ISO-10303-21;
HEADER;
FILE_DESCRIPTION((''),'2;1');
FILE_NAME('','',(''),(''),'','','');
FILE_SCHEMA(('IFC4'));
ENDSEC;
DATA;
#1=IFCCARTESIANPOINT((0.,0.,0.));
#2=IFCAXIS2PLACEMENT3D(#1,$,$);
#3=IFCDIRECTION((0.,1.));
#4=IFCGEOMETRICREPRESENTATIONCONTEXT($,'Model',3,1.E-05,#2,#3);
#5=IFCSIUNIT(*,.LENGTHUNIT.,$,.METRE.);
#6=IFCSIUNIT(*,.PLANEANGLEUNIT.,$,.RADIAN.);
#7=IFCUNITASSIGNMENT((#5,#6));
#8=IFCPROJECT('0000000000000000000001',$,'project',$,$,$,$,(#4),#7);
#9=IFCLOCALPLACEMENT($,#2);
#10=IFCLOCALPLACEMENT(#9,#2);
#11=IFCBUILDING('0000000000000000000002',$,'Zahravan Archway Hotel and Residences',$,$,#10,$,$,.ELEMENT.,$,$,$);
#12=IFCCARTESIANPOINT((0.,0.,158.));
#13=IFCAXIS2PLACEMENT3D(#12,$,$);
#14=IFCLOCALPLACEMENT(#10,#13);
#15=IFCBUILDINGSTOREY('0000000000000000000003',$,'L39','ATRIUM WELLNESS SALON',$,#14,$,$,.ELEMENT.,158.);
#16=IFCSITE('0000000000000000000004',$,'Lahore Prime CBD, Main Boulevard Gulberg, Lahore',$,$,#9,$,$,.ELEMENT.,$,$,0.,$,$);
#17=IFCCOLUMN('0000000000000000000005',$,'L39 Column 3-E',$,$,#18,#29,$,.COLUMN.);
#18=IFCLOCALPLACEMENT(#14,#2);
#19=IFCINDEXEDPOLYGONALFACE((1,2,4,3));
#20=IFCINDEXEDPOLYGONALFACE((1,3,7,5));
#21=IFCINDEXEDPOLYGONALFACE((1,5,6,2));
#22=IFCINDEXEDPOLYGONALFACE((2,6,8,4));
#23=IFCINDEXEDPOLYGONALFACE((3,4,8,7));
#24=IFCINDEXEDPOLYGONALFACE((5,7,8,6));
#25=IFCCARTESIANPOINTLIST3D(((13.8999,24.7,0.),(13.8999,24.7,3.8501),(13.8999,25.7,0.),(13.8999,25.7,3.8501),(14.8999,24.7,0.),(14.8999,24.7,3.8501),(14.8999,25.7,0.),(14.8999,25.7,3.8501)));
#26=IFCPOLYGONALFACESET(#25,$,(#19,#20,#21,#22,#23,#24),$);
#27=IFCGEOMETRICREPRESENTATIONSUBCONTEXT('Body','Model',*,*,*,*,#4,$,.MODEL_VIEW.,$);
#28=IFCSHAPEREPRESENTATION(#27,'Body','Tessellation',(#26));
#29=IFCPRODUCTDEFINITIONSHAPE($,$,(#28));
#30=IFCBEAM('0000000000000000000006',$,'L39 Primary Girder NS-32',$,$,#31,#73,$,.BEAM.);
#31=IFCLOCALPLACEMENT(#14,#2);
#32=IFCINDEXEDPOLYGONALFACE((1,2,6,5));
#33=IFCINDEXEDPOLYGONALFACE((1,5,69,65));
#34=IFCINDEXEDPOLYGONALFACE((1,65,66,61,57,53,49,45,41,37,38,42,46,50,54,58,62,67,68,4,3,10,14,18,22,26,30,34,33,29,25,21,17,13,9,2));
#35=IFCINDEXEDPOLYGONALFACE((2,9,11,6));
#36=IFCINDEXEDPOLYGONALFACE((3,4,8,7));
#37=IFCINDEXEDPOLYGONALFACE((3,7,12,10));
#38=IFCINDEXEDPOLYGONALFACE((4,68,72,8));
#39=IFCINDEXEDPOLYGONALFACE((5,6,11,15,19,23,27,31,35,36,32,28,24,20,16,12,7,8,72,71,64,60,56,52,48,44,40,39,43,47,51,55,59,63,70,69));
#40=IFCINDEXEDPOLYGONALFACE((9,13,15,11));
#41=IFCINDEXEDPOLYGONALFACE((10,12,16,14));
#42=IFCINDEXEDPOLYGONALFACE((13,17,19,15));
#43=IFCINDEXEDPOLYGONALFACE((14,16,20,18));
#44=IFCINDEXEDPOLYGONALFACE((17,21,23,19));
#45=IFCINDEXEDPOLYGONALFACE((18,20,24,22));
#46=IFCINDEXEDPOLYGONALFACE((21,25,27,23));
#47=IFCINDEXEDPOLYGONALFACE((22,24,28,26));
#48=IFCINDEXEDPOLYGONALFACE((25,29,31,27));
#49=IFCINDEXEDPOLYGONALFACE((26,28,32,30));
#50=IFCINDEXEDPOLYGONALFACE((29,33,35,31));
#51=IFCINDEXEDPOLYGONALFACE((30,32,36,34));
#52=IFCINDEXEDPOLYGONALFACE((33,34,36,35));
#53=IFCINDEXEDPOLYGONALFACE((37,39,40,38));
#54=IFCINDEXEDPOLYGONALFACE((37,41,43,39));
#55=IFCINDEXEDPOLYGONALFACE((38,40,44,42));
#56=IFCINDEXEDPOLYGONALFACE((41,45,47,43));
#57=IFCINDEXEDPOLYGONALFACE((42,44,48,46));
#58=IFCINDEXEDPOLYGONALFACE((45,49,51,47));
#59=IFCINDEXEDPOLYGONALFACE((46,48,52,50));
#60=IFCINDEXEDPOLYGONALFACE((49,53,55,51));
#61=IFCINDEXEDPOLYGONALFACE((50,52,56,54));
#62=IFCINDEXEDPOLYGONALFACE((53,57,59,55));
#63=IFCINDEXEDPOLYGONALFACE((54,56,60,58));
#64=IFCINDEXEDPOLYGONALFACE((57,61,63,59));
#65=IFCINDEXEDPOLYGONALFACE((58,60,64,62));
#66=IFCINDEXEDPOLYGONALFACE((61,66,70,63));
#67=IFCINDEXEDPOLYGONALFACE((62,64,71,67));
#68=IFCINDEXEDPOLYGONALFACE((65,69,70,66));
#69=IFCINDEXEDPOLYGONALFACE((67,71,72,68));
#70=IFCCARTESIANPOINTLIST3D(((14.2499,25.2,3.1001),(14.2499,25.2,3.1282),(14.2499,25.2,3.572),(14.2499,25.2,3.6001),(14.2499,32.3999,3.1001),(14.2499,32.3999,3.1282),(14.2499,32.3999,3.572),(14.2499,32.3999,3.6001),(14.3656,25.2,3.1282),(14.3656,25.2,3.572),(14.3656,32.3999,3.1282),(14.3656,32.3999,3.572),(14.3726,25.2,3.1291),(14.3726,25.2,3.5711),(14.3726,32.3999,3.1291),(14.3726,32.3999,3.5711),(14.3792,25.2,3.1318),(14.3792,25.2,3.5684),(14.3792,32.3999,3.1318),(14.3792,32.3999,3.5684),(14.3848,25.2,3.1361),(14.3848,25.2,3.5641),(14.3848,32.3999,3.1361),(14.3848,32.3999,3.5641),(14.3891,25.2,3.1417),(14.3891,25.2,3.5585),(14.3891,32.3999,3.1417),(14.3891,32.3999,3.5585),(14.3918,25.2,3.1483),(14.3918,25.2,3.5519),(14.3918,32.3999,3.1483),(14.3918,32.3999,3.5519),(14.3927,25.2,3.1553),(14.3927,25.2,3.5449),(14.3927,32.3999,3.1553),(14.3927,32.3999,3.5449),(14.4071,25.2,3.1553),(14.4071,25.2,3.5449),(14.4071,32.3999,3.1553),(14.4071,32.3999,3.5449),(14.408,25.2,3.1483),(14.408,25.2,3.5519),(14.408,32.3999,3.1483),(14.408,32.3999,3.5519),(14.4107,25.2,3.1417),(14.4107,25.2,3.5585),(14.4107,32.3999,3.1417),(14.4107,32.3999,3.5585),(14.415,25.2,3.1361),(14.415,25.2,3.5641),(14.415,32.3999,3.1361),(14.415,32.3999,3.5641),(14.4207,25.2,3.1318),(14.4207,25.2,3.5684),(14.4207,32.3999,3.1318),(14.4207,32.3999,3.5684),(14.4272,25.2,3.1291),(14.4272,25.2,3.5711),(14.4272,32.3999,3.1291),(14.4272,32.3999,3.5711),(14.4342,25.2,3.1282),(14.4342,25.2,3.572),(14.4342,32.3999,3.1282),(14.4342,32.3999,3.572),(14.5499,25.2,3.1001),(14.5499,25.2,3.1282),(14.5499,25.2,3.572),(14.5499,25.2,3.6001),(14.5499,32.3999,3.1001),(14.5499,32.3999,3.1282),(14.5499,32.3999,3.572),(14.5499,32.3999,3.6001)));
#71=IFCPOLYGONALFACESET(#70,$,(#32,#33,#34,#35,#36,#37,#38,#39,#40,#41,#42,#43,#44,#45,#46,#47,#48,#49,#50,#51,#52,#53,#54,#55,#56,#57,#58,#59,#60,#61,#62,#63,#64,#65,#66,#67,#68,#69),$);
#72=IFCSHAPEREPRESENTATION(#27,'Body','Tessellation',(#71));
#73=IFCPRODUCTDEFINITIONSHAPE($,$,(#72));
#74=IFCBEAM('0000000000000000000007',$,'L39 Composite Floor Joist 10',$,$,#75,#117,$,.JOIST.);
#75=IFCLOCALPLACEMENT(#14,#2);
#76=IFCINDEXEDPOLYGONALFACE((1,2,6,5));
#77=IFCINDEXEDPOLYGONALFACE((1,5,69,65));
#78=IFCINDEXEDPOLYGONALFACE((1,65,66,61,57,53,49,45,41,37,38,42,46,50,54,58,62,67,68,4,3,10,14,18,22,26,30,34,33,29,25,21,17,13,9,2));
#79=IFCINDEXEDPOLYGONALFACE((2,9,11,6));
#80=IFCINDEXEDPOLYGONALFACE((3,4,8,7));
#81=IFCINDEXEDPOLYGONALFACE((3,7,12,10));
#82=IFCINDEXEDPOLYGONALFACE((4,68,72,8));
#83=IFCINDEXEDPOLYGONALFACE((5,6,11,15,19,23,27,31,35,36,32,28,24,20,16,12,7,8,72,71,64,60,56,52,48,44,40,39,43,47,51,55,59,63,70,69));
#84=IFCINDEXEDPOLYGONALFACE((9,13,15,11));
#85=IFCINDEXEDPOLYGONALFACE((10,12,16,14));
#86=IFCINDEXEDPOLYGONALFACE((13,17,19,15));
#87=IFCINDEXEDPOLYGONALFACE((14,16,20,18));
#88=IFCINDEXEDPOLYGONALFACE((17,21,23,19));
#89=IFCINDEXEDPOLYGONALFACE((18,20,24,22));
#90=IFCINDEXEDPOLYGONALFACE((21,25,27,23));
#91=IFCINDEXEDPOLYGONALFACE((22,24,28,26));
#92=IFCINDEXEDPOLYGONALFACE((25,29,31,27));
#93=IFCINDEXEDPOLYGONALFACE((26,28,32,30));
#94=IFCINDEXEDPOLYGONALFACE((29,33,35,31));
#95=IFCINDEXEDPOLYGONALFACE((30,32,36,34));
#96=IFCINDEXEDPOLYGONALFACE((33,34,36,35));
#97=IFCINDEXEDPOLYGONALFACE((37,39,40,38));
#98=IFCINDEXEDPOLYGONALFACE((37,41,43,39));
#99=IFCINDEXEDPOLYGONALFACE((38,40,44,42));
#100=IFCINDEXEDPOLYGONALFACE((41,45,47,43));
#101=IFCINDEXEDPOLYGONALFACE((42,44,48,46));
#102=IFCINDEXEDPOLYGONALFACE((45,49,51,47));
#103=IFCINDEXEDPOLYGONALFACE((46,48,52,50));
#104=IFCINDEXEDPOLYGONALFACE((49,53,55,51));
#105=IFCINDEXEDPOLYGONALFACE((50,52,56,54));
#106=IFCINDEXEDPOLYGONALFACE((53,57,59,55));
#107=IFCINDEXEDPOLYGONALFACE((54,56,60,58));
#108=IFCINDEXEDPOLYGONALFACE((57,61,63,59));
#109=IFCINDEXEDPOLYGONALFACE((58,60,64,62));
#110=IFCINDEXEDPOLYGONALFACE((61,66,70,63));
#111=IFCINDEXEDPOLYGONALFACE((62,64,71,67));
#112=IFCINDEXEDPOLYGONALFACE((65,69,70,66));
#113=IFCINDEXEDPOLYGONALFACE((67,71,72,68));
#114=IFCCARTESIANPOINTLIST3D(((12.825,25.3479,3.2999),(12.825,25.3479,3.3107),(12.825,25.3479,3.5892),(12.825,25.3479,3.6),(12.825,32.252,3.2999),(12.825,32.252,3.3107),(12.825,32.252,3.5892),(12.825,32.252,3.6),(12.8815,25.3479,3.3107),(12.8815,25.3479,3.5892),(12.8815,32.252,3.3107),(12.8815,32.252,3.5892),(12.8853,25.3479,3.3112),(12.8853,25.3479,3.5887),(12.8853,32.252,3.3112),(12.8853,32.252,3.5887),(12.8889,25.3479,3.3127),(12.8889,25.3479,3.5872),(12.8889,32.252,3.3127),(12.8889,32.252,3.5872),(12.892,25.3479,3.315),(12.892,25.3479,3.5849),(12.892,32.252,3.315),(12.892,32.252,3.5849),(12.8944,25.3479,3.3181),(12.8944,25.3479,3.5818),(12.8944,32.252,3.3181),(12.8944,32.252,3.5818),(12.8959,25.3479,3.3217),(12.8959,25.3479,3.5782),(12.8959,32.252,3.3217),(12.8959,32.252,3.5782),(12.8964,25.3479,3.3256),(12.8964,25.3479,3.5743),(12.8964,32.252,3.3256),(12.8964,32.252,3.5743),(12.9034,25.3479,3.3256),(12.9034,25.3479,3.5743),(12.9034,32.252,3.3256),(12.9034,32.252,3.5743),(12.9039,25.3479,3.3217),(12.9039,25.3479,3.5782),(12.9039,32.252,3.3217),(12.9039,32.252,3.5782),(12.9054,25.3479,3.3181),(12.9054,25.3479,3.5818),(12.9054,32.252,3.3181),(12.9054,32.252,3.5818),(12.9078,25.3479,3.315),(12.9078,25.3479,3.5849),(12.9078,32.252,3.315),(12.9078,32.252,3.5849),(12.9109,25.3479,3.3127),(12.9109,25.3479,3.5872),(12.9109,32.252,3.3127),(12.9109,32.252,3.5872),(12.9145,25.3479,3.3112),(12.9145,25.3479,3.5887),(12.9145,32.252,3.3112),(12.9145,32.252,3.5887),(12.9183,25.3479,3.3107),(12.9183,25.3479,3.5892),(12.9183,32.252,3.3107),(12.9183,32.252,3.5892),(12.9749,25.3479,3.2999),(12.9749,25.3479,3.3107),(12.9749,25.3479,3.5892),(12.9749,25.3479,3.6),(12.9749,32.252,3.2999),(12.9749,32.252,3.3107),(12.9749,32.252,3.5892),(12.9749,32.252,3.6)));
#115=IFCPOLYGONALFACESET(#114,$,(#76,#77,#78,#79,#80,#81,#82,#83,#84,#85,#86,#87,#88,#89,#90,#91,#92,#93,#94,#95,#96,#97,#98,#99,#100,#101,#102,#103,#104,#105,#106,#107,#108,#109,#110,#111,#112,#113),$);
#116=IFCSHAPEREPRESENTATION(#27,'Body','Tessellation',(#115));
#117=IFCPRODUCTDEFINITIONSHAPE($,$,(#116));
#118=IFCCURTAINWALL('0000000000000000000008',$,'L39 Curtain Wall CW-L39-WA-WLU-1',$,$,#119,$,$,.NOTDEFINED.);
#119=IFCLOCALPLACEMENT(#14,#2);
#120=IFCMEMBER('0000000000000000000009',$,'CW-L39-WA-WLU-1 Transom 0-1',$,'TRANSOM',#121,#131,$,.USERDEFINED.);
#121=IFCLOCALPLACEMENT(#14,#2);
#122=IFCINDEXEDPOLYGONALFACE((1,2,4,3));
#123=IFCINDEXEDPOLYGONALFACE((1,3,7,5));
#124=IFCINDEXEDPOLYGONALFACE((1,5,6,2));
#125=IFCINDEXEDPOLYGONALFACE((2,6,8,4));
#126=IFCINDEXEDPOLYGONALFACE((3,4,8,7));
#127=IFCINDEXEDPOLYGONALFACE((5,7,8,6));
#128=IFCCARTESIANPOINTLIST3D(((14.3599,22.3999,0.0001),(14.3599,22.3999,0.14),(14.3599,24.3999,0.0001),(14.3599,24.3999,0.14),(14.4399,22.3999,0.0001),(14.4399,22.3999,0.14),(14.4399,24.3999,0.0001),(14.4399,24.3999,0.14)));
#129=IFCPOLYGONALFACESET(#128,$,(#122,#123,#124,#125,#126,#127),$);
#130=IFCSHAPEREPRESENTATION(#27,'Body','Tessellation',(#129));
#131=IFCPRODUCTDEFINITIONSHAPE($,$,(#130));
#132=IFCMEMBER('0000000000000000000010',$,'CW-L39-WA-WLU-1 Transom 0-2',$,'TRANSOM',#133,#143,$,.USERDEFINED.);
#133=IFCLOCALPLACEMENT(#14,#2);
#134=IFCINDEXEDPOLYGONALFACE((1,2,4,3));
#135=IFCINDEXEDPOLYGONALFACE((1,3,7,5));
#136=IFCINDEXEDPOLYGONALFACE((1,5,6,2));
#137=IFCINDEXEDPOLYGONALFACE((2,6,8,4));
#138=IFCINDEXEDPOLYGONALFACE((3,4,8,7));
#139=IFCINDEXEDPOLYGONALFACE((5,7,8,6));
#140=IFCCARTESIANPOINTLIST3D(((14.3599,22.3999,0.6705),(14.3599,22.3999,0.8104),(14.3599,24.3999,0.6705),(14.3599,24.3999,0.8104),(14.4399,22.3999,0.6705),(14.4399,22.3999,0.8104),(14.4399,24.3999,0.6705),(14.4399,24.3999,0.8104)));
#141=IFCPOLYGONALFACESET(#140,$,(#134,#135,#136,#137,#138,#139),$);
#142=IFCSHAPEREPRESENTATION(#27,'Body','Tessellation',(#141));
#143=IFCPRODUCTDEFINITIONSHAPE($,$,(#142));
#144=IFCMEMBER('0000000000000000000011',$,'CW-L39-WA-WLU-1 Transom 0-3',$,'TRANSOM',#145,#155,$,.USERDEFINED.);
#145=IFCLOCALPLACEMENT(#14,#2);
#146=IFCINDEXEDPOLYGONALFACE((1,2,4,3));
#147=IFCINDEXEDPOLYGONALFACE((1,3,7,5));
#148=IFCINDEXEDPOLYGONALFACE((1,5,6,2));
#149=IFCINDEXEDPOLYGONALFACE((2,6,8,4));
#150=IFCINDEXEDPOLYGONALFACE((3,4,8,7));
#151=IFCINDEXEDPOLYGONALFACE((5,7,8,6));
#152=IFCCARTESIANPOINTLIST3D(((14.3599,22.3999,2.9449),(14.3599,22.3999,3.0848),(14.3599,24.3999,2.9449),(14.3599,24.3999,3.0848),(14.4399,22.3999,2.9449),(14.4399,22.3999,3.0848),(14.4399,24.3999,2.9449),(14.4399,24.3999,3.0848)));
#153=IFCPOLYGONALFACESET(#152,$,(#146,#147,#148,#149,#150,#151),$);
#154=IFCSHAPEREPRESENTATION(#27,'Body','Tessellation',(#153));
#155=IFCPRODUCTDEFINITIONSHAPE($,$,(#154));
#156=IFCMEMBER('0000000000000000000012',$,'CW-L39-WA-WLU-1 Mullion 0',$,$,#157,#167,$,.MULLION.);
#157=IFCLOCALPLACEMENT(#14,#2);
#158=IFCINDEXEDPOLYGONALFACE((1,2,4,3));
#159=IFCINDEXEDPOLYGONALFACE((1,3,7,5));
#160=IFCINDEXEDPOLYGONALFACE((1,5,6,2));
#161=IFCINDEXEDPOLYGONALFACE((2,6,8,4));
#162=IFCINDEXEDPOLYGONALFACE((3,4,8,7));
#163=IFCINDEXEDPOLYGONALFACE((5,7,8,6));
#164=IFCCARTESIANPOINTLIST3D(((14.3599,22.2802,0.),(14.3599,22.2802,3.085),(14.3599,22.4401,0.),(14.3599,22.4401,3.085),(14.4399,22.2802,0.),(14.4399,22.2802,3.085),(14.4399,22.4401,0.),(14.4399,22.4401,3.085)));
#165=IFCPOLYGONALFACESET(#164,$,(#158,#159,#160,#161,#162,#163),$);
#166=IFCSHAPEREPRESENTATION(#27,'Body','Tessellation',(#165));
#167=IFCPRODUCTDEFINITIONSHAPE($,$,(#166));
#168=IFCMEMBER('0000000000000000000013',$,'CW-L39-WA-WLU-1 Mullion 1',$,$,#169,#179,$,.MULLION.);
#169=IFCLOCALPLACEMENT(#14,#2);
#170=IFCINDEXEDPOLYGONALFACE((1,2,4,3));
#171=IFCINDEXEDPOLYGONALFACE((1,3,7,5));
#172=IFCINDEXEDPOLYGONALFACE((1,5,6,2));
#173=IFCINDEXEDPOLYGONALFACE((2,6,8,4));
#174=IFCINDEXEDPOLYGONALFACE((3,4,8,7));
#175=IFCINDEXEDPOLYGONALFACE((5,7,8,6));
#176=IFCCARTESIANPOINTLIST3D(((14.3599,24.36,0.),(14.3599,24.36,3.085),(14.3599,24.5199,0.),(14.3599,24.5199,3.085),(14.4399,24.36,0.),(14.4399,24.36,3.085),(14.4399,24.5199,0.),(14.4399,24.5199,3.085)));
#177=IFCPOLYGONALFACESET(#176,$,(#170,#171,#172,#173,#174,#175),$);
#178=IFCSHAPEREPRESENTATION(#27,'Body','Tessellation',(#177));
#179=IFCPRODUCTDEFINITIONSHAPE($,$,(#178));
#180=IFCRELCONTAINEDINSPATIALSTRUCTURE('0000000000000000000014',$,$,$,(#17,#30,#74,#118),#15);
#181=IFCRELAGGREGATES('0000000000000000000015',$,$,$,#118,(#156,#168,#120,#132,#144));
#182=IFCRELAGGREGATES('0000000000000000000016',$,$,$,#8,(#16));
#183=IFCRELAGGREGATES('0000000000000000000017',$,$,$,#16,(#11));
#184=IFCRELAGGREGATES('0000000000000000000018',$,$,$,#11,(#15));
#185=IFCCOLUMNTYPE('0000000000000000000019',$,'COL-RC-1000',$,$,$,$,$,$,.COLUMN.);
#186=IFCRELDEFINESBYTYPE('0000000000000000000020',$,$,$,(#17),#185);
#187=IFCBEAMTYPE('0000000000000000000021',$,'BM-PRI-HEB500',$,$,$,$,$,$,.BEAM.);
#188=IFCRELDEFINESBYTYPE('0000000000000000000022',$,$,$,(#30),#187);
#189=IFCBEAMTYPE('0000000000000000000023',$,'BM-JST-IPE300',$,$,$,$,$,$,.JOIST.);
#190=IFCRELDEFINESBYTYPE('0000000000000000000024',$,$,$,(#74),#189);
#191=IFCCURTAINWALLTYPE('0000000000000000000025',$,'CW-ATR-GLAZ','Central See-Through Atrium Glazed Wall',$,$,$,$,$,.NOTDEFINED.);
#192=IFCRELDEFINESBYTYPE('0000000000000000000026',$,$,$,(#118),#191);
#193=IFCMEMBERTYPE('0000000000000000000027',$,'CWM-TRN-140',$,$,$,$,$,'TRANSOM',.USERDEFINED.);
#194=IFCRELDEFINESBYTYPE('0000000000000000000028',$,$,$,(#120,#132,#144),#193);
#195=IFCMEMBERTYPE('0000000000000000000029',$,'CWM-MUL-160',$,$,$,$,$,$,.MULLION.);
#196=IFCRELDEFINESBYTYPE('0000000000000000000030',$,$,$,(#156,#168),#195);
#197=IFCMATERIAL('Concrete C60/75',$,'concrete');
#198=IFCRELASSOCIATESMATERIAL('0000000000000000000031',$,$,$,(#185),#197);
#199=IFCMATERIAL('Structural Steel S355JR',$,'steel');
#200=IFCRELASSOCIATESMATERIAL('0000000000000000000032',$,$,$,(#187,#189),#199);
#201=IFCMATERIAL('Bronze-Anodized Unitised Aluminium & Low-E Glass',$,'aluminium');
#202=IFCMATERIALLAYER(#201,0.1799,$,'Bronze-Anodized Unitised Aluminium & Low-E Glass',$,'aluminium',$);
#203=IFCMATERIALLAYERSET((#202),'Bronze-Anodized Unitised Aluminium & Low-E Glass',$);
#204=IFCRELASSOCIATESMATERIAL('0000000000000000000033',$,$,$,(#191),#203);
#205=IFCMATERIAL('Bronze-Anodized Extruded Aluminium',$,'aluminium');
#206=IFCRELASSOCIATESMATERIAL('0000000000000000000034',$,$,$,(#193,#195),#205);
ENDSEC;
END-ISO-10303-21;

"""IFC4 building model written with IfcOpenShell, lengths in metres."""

from ifc_helpers import new_model, si_unit, direction, frame, origin, origin_2d, place, context, subcontext, project, spatial, rectangle, i_section, extrude, source, transform, mapped, material, layer, layer_set, material_profile, profile_set, type_object, type_shapes, element, aggregate, save


model = new_model("IFC4")

# Units and contexts
model_context = context("Model", 3, precision=1e-05, world=origin(), true_north=direction((0.0, 1.0)))
body_context = subcontext(model_context, "Body", "Model", "MODEL_VIEW")
ifc_project = project(units=[si_unit("LENGTHUNIT", "METRE"), si_unit("PLANEANGLEUNIT", "RADIAN")], contexts=[model_context])

# Site, building, storey
site_placement = place(None, origin())
site = spatial("IfcSite", under=ifc_project, at=site_placement, Name="Lahore Prime CBD, Main Boulevard Gulberg, Lahore", CompositionType="ELEMENT", RefElevation=0.0)
building_placement = place(site_placement, origin())
building = spatial("IfcBuilding", under=site, at=building_placement, Name="Zahravan Archway Hotel and Residences", CompositionType="ELEMENT")
storey_placement = place(building_placement, frame((0.0, 0.0, 158.0)))
storey = spatial("IfcBuildingStorey", under=building, at=storey_placement, Name="L39", Description="ATRIUM WELLNESS SALON", CompositionType="ELEMENT", Elevation=158.0)

# Column
ifc_material_1 = material(Name="Concrete C60/75", Category="concrete")
ifc_material_profile_1 = material_profile(ifc_material_1, rectangle(XDim=1.0, YDim=1.0, at=origin_2d()), Name="RC-COL-1000x1000", Category="concrete")
ifc_profile_set_1 = profile_set([ifc_material_profile_1], Name="Concrete C60/75")
column_type = type_object("IfcColumnType", Name="COL-RC-1000", PredefinedType="COLUMN", material=ifc_profile_set_1)
shared_shape_1 = source(origin(), body_context, "Body", "SweptSolid", [
    extrude(rectangle(XDim=1.0, YDim=1.0, at=origin_2d()), origin(), (0.0, 0.0, 1.0), 3.8501),
])
column_placement = place(storey_placement, frame((14.3999, 25.2, 0.0), z_axis=(0.0, 0.0, 1.0), x_axis=(1.0, 0.0, 0.0)))
element("IfcColumn", 1, at=column_placement, inside=storey, type_object=column_type, Name="L39 Column 3-E", PredefinedType="COLUMN", context=body_context, shape_type="MappedRepresentation", body=[
    mapped(shared_shape_1, transform((0.0, 0.0, 0.0), scale=1.0)),
])

# Beams
ifc_material_2 = material(Name="Structural Steel S355JR", Category="steel")
ifc_material_profile_2 = material_profile(ifc_material_2, i_section(OverallWidth=0.3, OverallDepth=0.5, WebThickness=0.0144, FlangeThickness=0.0281, FilletRadius=0.0271, at=origin_2d()), Name="HEB 500", Category="steel")
ifc_profile_set_2 = profile_set([ifc_material_profile_2], Name="Structural Steel S355JR")
beam_type_1 = type_object("IfcBeamType", Name="BM-PRI-HEB500", PredefinedType="BEAM", material=ifc_profile_set_2)
shared_shape_2 = source(origin(), body_context, "Body", "SweptSolid", [
    extrude(i_section(OverallWidth=0.3, OverallDepth=0.5, WebThickness=0.0144, FlangeThickness=0.0281, FilletRadius=0.0271, at=origin_2d()), origin(), (0.0, 0.0, 1.0), 7.2),
])
beam_1_placement = place(storey_placement, frame((14.3999, 25.2, 3.3501), z_axis=(0.0, 1.0, 0.0), x_axis=(-1.0, 0.0, 0.0)))
element("IfcBeam", 2, at=beam_1_placement, inside=storey, type_object=beam_type_1, Name="L39 Primary Girder NS-32", PredefinedType="BEAM", context=body_context, shape_type="MappedRepresentation", body=[
    mapped(shared_shape_2, transform((0.0, 0.0, 0.0), scale=1.0)),
])
ifc_material_profile_3 = material_profile(ifc_material_2, i_section(OverallWidth=0.1499, OverallDepth=0.3, WebThickness=0.0071, FlangeThickness=0.0107, FilletRadius=0.0149, at=origin_2d()), Name="IPE 300", Category="steel")
ifc_profile_set_3 = profile_set([ifc_material_profile_3], Name="Structural Steel S355JR")
beam_type_2 = type_object("IfcBeamType", Name="BM-JST-IPE300", PredefinedType="JOIST", material=ifc_profile_set_3)
shared_shape_3 = source(origin(), body_context, "Body", "SweptSolid", [
    extrude(i_section(OverallWidth=0.1499, OverallDepth=0.3, WebThickness=0.0071, FlangeThickness=0.0107, FilletRadius=0.0149, at=origin_2d()), origin(), (0.0, 0.0, 1.0), 6.9041),
])
type_shapes(beam_type_2, [shared_shape_3])
beam_2_placement = place(storey_placement, frame((12.8999, 25.3479, 3.45), z_axis=(0.0, 1.0, 0.0), x_axis=(-1.0, 0.0, 0.0)))
element("IfcBeam", 3, at=beam_2_placement, inside=storey, type_object=beam_type_2, Name="L39 Composite Floor Joist 10", PredefinedType="JOIST", context=body_context, shape_type="MappedRepresentation", body=[
    mapped(shared_shape_3, transform((0.0, 0.0, 0.0), scale=1.0)),
])

# Curtain wall, members
ifc_material_3 = material(Name="Bronze-Anodized Unitised Aluminium & Low-E Glass", Category="aluminium")
ifc_layer_1 = layer(ifc_material_3, 0.1799, Name="Bronze-Anodized Unitised Aluminium & Low-E Glass", Category="aluminium")
ifc_layer_set_1 = layer_set([ifc_layer_1], Name="Bronze-Anodized Unitised Aluminium & Low-E Glass")
curtain_wall_type = type_object("IfcCurtainWallType", Name="CW-ATR-GLAZ", Description="Central See-Through Atrium Glazed Wall", PredefinedType="NOTDEFINED", material=ifc_layer_set_1)
curtain_wall_1_placement = place(storey_placement, origin())
curtain_wall_1 = element("IfcCurtainWall", 4, at=curtain_wall_1_placement, inside=storey, type_object=curtain_wall_type, Name="L39 Curtain Wall CW-L39-WA-WLU-1", PredefinedType="NOTDEFINED")
ifc_material_4 = material(Name="Bronze-Anodized Extruded Aluminium", Category="aluminium")
ifc_material_profile_4 = material_profile(ifc_material_4, rectangle(XDim=0.0801, YDim=0.1399, at=origin_2d()), Name="TRN 80x140", Category="aluminium")
ifc_profile_set_4 = profile_set([ifc_material_profile_4], Name="Bronze-Anodized Extruded Aluminium")
member_type_1 = type_object("IfcMemberType", Name="CWM-TRN-140", ElementType="TRANSOM", PredefinedType="USERDEFINED", material=ifc_profile_set_4)
shared_shape_4 = source(origin(), body_context, "Body", "SweptSolid", [
    extrude(rectangle(XDim=0.0801, YDim=0.1399, at=origin_2d()), origin(), (0.0, 0.0, 1.0), 2.0),
])
member_1_placement = place(storey_placement, frame((14.3999, 22.3999, 0.0701), z_axis=(0.0, 1.0, 0.0), x_axis=(-1.0, 0.0, 0.0)))
member_1 = element("IfcMember", 5, at=member_1_placement, type_object=member_type_1, Name="CW-L39-WA-WLU-1 Transom 0-1", ObjectType="TRANSOM", PredefinedType="USERDEFINED", context=body_context, shape_type="MappedRepresentation", body=[
    mapped(shared_shape_4, transform((0.0, 0.0, 0.0), scale=1.0)),
])
member_2_placement = place(storey_placement, frame((14.3999, 22.3999, 0.7405), z_axis=(0.0, 1.0, 0.0), x_axis=(-1.0, 0.0, 0.0)))
member_2 = element("IfcMember", 6, at=member_2_placement, type_object=member_type_1, Name="CW-L39-WA-WLU-1 Transom 0-2", ObjectType="TRANSOM", PredefinedType="USERDEFINED", context=body_context, shape_type="MappedRepresentation", body=[
    mapped(shared_shape_4, transform((0.0, 0.0, 0.0), scale=1.0)),
])
member_3_placement = place(storey_placement, frame((14.3999, 22.3999, 3.0149), z_axis=(0.0, 1.0, 0.0), x_axis=(-1.0, 0.0, 0.0)))
member_3 = element("IfcMember", 7, at=member_3_placement, type_object=member_type_1, Name="CW-L39-WA-WLU-1 Transom 0-3", ObjectType="TRANSOM", PredefinedType="USERDEFINED", context=body_context, shape_type="MappedRepresentation", body=[
    mapped(shared_shape_4, transform((0.0, 0.0, 0.0), scale=1.0)),
])
ifc_material_profile_5 = material_profile(ifc_material_4, rectangle(XDim=0.0801, YDim=0.1599, at=origin_2d()), Name="MUL 80x160", Category="aluminium")
ifc_profile_set_5 = profile_set([ifc_material_profile_5], Name="Bronze-Anodized Extruded Aluminium")
member_type_2 = type_object("IfcMemberType", Name="CWM-MUL-160", PredefinedType="MULLION", material=ifc_profile_set_5)
shared_shape_5 = source(origin(), body_context, "Body", "SweptSolid", [
    extrude(rectangle(XDim=0.0801, YDim=0.1599, at=origin_2d()), origin(), (0.0, 0.0, 1.0), 3.085),
])
member_4_placement = place(storey_placement, frame((14.3999, 22.3601, 0.0), z_axis=(0.0, 0.0, 1.0), x_axis=(1.0, 0.0, 0.0)))
member_4 = element("IfcMember", 8, at=member_4_placement, type_object=member_type_2, Name="CW-L39-WA-WLU-1 Mullion 0", PredefinedType="MULLION", context=body_context, shape_type="MappedRepresentation", body=[
    mapped(shared_shape_5, transform((0.0, 0.0, 0.0), scale=1.0)),
])
member_5_placement = place(storey_placement, frame((14.3999, 24.4399, 0.0), z_axis=(0.0, 0.0, 1.0), x_axis=(1.0, 0.0, 0.0)))
member_5 = element("IfcMember", 9, at=member_5_placement, type_object=member_type_2, Name="CW-L39-WA-WLU-1 Mullion 1", PredefinedType="MULLION", context=body_context, shape_type="MappedRepresentation", body=[
    mapped(shared_shape_5, transform((0.0, 0.0, 0.0), scale=1.0)),
])

aggregate(curtain_wall_1, [member_4, member_5, member_1, member_2, member_3])

save(model, "model.ifc")
